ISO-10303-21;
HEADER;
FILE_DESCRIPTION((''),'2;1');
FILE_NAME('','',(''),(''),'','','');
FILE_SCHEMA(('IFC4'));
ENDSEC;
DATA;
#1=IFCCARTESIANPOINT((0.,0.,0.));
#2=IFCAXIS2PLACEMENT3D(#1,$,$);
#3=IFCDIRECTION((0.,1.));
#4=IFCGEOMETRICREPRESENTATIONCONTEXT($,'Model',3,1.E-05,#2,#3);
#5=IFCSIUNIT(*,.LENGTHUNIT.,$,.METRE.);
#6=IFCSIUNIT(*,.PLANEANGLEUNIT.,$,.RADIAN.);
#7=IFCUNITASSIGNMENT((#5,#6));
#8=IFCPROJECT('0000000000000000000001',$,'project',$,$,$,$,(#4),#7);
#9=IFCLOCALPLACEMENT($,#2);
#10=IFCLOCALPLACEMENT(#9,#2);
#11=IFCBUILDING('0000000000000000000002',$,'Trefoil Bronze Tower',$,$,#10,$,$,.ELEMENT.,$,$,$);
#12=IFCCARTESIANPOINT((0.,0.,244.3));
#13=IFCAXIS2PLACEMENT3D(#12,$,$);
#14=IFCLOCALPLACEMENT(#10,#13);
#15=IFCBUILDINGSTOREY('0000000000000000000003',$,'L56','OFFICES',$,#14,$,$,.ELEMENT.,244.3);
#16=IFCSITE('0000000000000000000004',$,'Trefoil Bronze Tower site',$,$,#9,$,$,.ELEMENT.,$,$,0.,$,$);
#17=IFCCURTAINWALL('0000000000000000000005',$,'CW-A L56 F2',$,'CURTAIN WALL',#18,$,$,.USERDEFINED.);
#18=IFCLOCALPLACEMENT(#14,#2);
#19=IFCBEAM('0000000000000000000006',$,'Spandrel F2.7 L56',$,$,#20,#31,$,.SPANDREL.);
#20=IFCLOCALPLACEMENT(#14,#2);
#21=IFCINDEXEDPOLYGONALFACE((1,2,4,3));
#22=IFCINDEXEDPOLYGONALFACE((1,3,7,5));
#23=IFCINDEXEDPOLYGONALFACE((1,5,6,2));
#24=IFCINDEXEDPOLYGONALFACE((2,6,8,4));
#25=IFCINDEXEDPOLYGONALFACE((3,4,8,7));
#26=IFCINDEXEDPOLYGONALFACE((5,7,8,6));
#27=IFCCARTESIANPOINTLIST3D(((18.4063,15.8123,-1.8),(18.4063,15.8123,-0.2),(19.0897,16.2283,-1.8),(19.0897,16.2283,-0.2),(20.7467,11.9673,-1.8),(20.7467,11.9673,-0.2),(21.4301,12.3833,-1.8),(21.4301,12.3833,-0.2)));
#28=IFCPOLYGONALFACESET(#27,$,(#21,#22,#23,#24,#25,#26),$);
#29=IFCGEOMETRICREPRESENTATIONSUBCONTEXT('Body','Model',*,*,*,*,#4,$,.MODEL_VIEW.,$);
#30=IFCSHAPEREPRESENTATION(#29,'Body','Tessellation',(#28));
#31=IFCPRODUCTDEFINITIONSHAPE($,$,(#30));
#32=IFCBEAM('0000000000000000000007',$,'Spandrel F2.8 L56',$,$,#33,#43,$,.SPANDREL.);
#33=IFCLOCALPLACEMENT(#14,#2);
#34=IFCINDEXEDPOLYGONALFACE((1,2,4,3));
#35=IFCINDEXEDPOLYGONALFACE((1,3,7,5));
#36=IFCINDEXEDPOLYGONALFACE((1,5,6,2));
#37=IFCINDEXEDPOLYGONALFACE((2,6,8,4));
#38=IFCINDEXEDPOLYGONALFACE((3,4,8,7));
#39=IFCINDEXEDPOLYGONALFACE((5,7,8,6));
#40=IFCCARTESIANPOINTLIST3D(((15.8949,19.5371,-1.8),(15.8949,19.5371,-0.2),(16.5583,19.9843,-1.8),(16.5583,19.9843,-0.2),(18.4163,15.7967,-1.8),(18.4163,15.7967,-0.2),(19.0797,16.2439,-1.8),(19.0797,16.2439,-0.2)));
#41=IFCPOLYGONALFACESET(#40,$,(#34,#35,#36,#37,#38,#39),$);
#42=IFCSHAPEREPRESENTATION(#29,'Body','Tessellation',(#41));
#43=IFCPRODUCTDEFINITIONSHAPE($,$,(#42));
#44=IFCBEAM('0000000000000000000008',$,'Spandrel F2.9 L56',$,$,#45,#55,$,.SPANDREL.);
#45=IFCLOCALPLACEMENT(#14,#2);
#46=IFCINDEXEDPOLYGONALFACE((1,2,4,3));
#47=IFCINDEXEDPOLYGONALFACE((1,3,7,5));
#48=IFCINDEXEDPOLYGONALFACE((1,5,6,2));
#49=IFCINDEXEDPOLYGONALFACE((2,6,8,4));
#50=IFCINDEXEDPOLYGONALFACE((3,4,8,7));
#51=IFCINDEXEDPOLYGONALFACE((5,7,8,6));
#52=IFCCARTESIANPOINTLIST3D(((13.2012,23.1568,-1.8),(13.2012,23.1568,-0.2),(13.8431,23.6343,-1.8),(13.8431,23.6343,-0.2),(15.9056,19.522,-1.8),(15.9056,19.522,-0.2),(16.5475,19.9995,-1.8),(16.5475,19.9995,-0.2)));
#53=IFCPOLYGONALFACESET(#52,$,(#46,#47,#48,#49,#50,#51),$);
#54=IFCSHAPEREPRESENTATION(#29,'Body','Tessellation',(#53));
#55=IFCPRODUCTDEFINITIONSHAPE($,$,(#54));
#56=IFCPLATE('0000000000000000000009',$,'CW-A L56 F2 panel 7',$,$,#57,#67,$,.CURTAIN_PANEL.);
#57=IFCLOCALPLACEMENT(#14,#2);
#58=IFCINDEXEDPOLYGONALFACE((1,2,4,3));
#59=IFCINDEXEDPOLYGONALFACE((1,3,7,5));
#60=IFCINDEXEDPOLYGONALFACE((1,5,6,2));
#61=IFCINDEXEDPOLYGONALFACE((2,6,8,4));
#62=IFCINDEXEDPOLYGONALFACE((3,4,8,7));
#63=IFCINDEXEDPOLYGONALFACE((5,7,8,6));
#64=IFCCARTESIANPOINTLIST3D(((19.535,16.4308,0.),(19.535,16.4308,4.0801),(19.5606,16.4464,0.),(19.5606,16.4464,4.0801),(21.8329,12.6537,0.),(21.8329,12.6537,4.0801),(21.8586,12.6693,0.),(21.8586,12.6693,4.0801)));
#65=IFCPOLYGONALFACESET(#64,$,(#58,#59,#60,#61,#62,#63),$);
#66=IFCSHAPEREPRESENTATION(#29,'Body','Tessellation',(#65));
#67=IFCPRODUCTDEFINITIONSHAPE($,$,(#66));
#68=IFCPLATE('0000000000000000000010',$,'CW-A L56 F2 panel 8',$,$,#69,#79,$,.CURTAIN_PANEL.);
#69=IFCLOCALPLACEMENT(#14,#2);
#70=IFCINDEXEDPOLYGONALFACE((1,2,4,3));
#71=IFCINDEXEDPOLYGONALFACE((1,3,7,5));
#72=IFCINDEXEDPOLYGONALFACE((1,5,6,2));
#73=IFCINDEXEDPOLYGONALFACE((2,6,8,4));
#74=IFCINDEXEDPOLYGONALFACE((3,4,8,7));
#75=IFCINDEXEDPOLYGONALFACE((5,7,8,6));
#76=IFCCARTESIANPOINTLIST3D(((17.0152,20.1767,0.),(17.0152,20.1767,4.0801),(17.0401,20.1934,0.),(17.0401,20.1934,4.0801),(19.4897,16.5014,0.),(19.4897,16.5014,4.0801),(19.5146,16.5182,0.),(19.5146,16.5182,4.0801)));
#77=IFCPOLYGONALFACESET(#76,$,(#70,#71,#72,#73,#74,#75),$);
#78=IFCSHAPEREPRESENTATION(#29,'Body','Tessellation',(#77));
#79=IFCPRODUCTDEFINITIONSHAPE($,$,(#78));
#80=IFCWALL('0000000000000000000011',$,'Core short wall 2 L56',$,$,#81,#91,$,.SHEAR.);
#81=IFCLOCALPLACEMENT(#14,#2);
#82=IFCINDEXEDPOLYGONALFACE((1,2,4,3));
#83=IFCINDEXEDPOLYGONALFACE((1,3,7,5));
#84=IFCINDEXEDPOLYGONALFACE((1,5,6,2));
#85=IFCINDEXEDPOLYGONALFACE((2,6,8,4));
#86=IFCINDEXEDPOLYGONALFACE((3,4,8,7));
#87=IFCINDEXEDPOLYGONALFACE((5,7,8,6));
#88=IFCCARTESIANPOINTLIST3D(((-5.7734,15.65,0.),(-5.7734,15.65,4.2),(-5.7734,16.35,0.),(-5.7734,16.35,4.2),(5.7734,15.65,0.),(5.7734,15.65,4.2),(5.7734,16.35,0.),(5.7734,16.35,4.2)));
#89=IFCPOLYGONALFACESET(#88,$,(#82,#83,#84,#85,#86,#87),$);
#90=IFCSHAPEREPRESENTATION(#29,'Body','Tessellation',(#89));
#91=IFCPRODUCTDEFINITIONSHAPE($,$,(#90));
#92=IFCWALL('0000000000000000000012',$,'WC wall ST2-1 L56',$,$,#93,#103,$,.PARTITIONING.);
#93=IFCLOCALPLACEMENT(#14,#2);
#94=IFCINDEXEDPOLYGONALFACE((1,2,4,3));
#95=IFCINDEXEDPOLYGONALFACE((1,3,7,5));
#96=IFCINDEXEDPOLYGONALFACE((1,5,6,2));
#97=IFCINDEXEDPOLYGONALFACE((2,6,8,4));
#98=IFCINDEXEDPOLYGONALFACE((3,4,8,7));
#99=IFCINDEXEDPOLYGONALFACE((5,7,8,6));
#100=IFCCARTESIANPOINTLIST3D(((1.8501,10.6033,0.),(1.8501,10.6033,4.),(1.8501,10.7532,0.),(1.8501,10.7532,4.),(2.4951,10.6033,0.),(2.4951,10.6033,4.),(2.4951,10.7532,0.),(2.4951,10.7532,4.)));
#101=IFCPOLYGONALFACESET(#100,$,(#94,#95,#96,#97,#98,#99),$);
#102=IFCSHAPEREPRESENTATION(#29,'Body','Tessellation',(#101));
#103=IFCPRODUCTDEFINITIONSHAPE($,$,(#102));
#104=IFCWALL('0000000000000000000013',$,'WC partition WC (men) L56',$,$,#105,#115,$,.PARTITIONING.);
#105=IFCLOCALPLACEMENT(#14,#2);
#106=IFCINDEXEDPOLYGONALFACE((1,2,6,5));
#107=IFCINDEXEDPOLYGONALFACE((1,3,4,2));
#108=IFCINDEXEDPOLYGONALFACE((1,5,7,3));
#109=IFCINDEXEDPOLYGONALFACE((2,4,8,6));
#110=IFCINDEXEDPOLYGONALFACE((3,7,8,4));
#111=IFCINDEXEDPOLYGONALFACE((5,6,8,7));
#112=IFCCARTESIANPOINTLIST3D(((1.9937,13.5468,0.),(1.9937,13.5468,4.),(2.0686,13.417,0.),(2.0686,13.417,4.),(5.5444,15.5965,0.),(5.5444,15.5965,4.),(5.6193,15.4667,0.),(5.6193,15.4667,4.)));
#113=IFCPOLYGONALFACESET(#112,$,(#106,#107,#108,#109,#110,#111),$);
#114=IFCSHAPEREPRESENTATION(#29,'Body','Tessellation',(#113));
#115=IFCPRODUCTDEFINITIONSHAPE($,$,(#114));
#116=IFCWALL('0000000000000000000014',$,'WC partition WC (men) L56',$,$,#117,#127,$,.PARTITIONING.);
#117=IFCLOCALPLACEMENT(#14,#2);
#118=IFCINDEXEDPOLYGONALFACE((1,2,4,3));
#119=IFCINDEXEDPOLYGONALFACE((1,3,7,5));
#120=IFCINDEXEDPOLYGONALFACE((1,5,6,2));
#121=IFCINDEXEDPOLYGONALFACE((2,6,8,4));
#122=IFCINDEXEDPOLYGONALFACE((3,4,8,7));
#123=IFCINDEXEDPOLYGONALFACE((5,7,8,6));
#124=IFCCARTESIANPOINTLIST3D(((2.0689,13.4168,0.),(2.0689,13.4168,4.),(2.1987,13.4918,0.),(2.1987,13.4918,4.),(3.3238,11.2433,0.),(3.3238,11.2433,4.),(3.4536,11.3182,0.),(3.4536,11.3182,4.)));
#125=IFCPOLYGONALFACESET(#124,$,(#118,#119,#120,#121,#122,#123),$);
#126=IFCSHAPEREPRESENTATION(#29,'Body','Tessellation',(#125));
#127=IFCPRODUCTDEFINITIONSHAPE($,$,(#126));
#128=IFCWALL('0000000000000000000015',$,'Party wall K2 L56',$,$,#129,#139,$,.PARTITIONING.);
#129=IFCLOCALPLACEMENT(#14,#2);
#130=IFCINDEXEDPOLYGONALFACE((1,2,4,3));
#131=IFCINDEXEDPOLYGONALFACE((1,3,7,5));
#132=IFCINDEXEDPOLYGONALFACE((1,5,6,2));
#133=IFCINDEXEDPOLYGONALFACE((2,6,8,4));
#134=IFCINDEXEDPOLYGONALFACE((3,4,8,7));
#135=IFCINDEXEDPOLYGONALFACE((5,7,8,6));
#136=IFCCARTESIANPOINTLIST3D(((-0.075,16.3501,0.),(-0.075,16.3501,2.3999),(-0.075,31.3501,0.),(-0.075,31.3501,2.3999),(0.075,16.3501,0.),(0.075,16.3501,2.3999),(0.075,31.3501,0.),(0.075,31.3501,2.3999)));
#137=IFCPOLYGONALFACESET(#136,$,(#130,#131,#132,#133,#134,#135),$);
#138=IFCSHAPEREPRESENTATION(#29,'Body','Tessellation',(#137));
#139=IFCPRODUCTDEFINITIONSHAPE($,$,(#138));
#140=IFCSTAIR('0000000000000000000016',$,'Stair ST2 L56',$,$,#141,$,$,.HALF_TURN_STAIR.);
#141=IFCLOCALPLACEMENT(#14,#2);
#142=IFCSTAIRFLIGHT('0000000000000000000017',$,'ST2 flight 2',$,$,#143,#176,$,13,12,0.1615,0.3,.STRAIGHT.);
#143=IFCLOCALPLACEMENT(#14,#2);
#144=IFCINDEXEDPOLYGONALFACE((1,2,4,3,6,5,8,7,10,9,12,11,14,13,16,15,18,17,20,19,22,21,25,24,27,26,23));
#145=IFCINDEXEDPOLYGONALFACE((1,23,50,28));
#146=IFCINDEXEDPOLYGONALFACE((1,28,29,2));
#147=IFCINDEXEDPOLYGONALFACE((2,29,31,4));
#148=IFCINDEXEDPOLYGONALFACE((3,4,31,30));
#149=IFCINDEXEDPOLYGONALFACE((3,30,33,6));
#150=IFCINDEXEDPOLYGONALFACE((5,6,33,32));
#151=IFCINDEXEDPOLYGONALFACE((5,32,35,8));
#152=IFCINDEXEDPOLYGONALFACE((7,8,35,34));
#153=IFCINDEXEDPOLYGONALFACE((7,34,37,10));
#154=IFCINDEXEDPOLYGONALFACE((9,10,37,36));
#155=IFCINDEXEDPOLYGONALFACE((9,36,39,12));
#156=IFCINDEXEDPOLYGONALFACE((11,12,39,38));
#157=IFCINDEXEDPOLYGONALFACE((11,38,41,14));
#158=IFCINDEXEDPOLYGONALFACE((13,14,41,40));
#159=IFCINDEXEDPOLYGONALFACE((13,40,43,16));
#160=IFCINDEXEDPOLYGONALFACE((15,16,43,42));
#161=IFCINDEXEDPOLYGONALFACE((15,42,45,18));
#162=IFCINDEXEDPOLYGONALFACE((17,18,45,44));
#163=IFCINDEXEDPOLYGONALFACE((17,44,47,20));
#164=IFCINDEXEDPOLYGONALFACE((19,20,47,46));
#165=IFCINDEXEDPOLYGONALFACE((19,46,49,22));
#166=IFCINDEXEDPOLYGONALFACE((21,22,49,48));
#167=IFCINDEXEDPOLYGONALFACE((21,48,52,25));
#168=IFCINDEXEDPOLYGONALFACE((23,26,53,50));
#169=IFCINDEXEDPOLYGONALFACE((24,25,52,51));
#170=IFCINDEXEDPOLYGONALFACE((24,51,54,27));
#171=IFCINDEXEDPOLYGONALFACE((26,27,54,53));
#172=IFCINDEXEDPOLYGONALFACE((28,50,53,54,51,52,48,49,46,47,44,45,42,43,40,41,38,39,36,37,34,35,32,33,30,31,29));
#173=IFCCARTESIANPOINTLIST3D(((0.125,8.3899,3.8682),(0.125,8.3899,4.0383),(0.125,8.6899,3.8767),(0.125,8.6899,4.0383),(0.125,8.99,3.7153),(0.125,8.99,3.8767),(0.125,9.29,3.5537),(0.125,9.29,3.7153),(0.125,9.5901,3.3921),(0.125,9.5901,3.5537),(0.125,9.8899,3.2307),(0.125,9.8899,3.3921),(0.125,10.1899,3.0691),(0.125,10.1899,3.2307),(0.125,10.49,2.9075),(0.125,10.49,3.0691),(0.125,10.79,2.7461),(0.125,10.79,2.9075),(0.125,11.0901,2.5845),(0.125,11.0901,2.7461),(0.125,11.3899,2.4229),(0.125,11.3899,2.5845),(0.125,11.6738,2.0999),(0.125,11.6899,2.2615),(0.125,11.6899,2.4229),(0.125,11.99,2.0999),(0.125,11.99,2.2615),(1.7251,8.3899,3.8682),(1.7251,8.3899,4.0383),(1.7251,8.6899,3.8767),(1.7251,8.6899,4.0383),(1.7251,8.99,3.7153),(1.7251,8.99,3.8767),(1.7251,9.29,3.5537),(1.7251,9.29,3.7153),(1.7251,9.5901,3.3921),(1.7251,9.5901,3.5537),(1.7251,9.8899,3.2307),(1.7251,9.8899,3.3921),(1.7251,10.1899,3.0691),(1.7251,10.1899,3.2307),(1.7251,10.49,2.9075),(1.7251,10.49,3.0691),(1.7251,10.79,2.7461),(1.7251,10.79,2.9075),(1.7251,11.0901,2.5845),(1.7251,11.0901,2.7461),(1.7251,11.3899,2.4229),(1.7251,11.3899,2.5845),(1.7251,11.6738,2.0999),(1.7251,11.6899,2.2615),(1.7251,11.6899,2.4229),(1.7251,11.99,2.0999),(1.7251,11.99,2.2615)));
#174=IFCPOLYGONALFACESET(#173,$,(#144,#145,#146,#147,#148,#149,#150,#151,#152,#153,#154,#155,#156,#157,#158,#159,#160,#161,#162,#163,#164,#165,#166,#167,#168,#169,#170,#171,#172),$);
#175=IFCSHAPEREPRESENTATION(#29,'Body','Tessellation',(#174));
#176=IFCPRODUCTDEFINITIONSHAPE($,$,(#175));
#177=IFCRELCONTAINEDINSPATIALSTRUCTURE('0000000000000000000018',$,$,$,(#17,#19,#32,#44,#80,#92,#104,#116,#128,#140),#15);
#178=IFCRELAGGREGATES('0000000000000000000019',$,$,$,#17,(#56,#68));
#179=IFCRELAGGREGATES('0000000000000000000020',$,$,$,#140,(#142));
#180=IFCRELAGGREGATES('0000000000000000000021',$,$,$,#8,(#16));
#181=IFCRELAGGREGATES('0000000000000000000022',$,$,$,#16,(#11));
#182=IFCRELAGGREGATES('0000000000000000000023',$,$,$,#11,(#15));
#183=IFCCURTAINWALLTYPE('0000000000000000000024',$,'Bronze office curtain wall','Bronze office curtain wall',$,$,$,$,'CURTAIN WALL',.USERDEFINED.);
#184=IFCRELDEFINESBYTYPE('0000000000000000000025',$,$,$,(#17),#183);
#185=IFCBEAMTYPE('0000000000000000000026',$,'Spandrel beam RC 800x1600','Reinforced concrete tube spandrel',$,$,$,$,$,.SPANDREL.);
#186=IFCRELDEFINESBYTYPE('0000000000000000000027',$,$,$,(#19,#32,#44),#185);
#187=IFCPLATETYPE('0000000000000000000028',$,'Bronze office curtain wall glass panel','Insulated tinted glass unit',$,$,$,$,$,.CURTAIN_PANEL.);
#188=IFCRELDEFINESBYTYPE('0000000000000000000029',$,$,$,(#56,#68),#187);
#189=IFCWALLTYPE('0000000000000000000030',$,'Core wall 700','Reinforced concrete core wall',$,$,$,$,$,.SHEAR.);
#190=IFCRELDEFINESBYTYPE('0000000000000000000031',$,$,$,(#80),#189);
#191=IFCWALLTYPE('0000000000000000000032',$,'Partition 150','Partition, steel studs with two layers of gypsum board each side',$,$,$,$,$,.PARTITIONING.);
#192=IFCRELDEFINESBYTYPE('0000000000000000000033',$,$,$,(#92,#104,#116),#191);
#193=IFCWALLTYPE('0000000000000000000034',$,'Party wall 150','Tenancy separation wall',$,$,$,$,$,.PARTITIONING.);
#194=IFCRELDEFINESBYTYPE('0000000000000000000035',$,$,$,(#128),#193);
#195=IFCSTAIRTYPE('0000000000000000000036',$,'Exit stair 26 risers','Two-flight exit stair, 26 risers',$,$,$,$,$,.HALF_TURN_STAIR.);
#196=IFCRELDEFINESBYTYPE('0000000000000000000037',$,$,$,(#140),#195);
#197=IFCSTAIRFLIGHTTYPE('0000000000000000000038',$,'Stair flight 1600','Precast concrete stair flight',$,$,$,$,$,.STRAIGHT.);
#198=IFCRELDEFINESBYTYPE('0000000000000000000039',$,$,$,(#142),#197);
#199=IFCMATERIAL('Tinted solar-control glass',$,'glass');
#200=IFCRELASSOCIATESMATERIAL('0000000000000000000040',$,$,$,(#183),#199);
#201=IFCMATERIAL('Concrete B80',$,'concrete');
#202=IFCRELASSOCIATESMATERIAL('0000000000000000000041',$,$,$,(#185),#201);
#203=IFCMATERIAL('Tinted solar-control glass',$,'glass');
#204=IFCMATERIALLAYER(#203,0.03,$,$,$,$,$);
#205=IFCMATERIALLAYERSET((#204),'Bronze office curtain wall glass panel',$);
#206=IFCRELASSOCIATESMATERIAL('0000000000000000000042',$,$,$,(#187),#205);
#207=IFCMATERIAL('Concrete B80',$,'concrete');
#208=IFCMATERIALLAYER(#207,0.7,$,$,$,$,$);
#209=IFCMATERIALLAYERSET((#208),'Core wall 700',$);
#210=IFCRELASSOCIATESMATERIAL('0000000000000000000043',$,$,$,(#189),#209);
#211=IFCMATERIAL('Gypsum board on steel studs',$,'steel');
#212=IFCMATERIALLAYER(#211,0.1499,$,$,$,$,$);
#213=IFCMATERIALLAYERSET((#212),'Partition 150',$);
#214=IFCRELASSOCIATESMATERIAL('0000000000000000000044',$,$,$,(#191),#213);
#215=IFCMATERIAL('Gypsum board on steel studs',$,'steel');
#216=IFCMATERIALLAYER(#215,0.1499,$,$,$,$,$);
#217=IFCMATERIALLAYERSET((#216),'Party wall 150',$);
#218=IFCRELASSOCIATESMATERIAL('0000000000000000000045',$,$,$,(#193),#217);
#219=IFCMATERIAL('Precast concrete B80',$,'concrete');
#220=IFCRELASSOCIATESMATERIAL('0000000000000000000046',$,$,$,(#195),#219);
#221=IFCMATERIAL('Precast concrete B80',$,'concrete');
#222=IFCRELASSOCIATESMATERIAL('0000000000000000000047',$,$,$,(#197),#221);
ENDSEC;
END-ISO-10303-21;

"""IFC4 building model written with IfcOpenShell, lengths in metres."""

from ifc_helpers import new_model, si_unit, direction, frame, frame_2d, origin, origin_2d, place, context, subcontext, project, spatial, polyline, rectangle, outline, extrude, material, layer, layer_set, material_profile, profile_set, type_object, element, aggregate, save


model = new_model("IFC4")

# Units and contexts
model_context = context("Model", 3, precision=1e-05, world=origin(), true_north=direction((0.0, 1.0)))
body_context = subcontext(model_context, "Body", "Model", "MODEL_VIEW")
ifc_project = project(units=[si_unit("LENGTHUNIT", "METRE"), si_unit("PLANEANGLEUNIT", "RADIAN")], contexts=[model_context])

# Site, building, storey
site_placement = place(None, origin())
site = spatial("IfcSite", under=ifc_project, at=site_placement, Name="Trefoil Bronze Tower site", CompositionType="ELEMENT", RefElevation=0.0)
building_placement = place(site_placement, origin())
building = spatial("IfcBuilding", under=site, at=building_placement, Name="Trefoil Bronze Tower", CompositionType="ELEMENT")
storey_placement = place(building_placement, frame((0.0, 0.0, 244.3)))
storey = spatial("IfcBuildingStorey", under=building, at=storey_placement, Name="L56", Description="OFFICES", CompositionType="ELEMENT", Elevation=244.3)

# Curtain wall
ifc_material_1 = material(Name="Tinted solar-control glass", Category="glass")
curtain_wall_type = type_object("IfcCurtainWallType", Name="Bronze office curtain wall", Description="Bronze office curtain wall", ElementType="CURTAIN WALL", PredefinedType="USERDEFINED", material=ifc_material_1)
curtain_wall_placement = place(storey_placement, origin())
curtain_wall = element("IfcCurtainWall", 1, at=curtain_wall_placement, inside=storey, type_object=curtain_wall_type, Name="CW-A L56 F2", ObjectType="CURTAIN WALL", PredefinedType="USERDEFINED")

# Beams
ifc_material_2 = material(Name="Concrete B80", Category="concrete")
ifc_material_profile_1 = material_profile(ifc_material_2, rectangle(XDim=0.8, YDim=1.6001, at=origin_2d()), Name="RC 800x1600")
ifc_profile_set_1 = profile_set([ifc_material_profile_1], Name="Concrete B80")
beam_type_1 = type_object("IfcBeamType", Name="Spandrel beam RC 800x1600", Description="Reinforced concrete tube spandrel", PredefinedType="SPANDREL", material=ifc_profile_set_1)
beam_1_placement = place(storey_placement, frame((21.0884, 12.1753, -1.0), z_axis=(-0.519933, 0.854207, 0.0), x_axis=(-0.854207, -0.519933, 0.0)))
element("IfcBeam", 2, at=beam_1_placement, inside=storey, type_object=beam_type_1, Name="Spandrel F2.7 L56", PredefinedType="SPANDREL", context=body_context, shape_type="SweptSolid", body=[
    extrude(rectangle(XDim=0.8, YDim=1.6001, at=origin_2d()), origin(), (0.0, 0.0, 1.0), 4.5012),
])
beam_2_placement = place(storey_placement, frame((18.748, 16.0203, -1.0), z_axis=(-0.558964, 0.829192, 0.0), x_axis=(-0.829192, -0.558964, 0.0)))
element("IfcBeam", 3, at=beam_2_placement, inside=storey, type_object=beam_type_1, Name="Spandrel F2.8 L56", PredefinedType="SPANDREL", context=body_context, shape_type="SweptSolid", body=[
    extrude(rectangle(XDim=0.8, YDim=1.6001, at=origin_2d()), origin(), (0.0, 0.0, 1.0), 4.511),
])
beam_3_placement = place(storey_placement, frame((16.2266, 19.7607, -1.0), z_axis=(-0.596926, 0.802296, 0.0), x_axis=(-0.802296, -0.596926, 0.0)))
element("IfcBeam", 4, at=beam_3_placement, inside=storey, type_object=beam_type_1, Name="Spandrel F2.9 L56", PredefinedType="SPANDREL", context=body_context, shape_type="SweptSolid", body=[
    extrude(rectangle(XDim=0.8, YDim=1.6001, at=origin_2d()), origin(), (0.0, 0.0, 1.0), 4.5305),
])

# Plates
ifc_material_3 = material(Name="Tinted solar-control glass", Category="glass")
ifc_layer_1 = layer(ifc_material_3, 0.03)
ifc_layer_set_1 = layer_set([ifc_layer_1], Name="Bronze office curtain wall glass panel")
plate_type = type_object("IfcPlateType", Name="Bronze office curtain wall glass panel", Description="Insulated tinted glass unit", PredefinedType="CURTAIN_PANEL", material=ifc_layer_set_1)
plate_1_placement = place(storey_placement, frame((20.6968, 14.55, 0.0), z_axis=(0.0, 0.0, 1.0), x_axis=(-0.519762, 0.854311, 0.0)))
plate_1 = element("IfcPlate", 5, at=plate_1_placement, type_object=plate_type, Name="CW-A L56 F2 panel 7", PredefinedType="CURTAIN_PANEL", context=body_context, shape_type="SweptSolid", body=[
    extrude(rectangle(XDim=4.4211, YDim=0.03, at=origin_2d()), origin(), (0.0, 0.0, 1.0), 4.0801),
])
plate_2_placement = place(storey_placement, frame((18.2649, 18.3474, 0.0), z_axis=(0.0, 0.0, 1.0), x_axis=(-0.558493, 0.829509, 0.0)))
plate_2 = element("IfcPlate", 6, at=plate_2_placement, type_object=plate_type, Name="CW-A L56 F2 panel 8", PredefinedType="CURTAIN_PANEL", context=body_context, shape_type="SweptSolid", body=[
    extrude(rectangle(XDim=4.4307, YDim=0.03, at=origin_2d()), origin(), (0.0, 0.0, 1.0), 4.0801),
])
aggregate(curtain_wall, [plate_1, plate_2])

# Walls
ifc_material_4 = material(Name="Concrete B80", Category="concrete")
ifc_layer_2 = layer(ifc_material_4, 0.7)
ifc_layer_set_2 = layer_set([ifc_layer_2], Name="Core wall 700")
wall_type_1 = type_object("IfcWallType", Name="Core wall 700", Description="Reinforced concrete core wall", PredefinedType="SHEAR", material=ifc_layer_set_2)
wall_1_placement = place(storey_placement, frame((5.7734, 16.0, 0.0), z_axis=(0.0, 0.0, 1.0), x_axis=(-1.0, 0.0, 0.0)))
element("IfcWall", 7, at=wall_1_placement, inside=storey, type_object=wall_type_1, Name="Core short wall 2 L56", PredefinedType="SHEAR", context=body_context, shape_type="SweptSolid", body=[
    extrude(rectangle(XDim=11.5469, YDim=0.7, at=frame_2d((5.7734, 0.0))), origin(), (0.0, 0.0, 1.0), 4.2),
])
ifc_material_5 = material(Name="Gypsum board on steel studs", Category="steel")
ifc_layer_3 = layer(ifc_material_5, 0.1499)
ifc_layer_set_3 = layer_set([ifc_layer_3], Name="Partition 150")
wall_type_2 = type_object("IfcWallType", Name="Partition 150", Description="Partition, steel studs with two layers of gypsum board each side", PredefinedType="PARTITIONING", material=ifc_layer_set_3)
wall_2_placement = place(storey_placement, frame((2.4951, 10.6782, 0.0), z_axis=(0.0, 0.0, 1.0), x_axis=(-1.0, 0.0, 0.0)))
element("IfcWall", 8, at=wall_2_placement, inside=storey, type_object=wall_type_2, Name="WC wall ST2-1 L56", PredefinedType="PARTITIONING", context=body_context, shape_type="SweptSolid", body=[
    extrude(rectangle(XDim=0.645, YDim=0.1499, at=frame_2d((0.3225, 0.0))), origin(), (0.0, 0.0, 1.0), 4.0),
])
wall_3_placement = place(storey_placement, frame((2.0312, 13.4819, 0.0), z_axis=(0.0, 0.0, 1.0), x_axis=(0.866051, 0.499956, 0.0)))
element("IfcWall", 9, at=wall_3_placement, inside=storey, type_object=wall_type_2, Name="WC partition WC (men) L56", PredefinedType="PARTITIONING", context=body_context, shape_type="SweptSolid", body=[
    extrude(rectangle(XDim=4.0999, YDim=0.1499, at=frame_2d((2.0498, 0.0))), origin(), (0.0, 0.0, 1.0), 4.0),
])
wall_4_placement = place(storey_placement, frame((3.3887, 11.2808, 0.0), z_axis=(0.0, 0.0, 1.0), x_axis=(-0.499989, 0.866032, 0.0)))
element("IfcWall", 10, at=wall_4_placement, inside=storey, type_object=wall_type_2, Name="WC partition WC (men) L56", PredefinedType="PARTITIONING", context=body_context, shape_type="SweptSolid", body=[
    extrude(rectangle(XDim=2.5098, YDim=0.1499, at=frame_2d((1.2549, 0.0))), origin(), (0.0, 0.0, 1.0), 4.0),
])
ifc_material_6 = material(Name="Gypsum board on steel studs", Category="steel")
ifc_layer_4 = layer(ifc_material_6, 0.1499)
ifc_layer_set_4 = layer_set([ifc_layer_4], Name="Party wall 150")
wall_type_3 = type_object("IfcWallType", Name="Party wall 150", Description="Tenancy separation wall", PredefinedType="PARTITIONING", material=ifc_layer_set_4)
wall_5_placement = place(storey_placement, frame((0.0, 16.3501, 0.0), z_axis=(0.0, 0.0, 1.0), x_axis=(0.0, 1.0, 0.0)))
element("IfcWall", 11, at=wall_5_placement, inside=storey, type_object=wall_type_3, Name="Party wall K2 L56", PredefinedType="PARTITIONING", context=body_context, shape_type="SweptSolid", body=[
    extrude(rectangle(XDim=15.0, YDim=0.1499, at=frame_2d((7.5, 0.0))), origin(), (0.0, 0.0, 1.0), 2.3999),
])

# Stair, stair flight
ifc_material_7 = material(Name="Precast concrete B80", Category="concrete")
stair_type = type_object("IfcStairType", Name="Exit stair 26 risers", Description="Two-flight exit stair, 26 risers", PredefinedType="HALF_TURN_STAIR", material=ifc_material_7)
stair_placement = place(storey_placement, origin())
stair = element("IfcStair", 12, at=stair_placement, inside=storey, type_object=stair_type, Name="Stair ST2 L56", PredefinedType="HALF_TURN_STAIR")
ifc_material_8 = material(Name="Precast concrete B80", Category="concrete")
stair_flight_type = type_object("IfcStairFlightType", Name="Stair flight 1600", Description="Precast concrete stair flight", PredefinedType="STRAIGHT", material=ifc_material_8)
stair_flight_placement = place(storey_placement, frame((0.925, 11.99, 2.0999), z_axis=(0.0, 0.0, 1.0), x_axis=(0.0, -1.0, 0.0)))
stair_flight = element("IfcStairFlight", 13, at=stair_flight_placement, type_object=stair_flight_type, Name="ST2 flight 2", NumberOfRisers=13, NumberOfTreads=12, PredefinedType="STRAIGHT", RiserHeight=0.1615, TreadLength=0.3, context=body_context, shape_type="SweptSolid", body=[
    extrude(outline(polyline([(0.0, 0.0), (0.0, 0.1616), (0.3, 0.1616), (0.3, 0.323), (0.6001, 0.323), (0.6001, 0.4846), (0.8999, 0.4846), (0.8999, 0.6462), (1.2, 0.6462), (1.2, 0.8076), (1.5, 0.8076), (1.5, 0.9692), (1.8, 0.9692), (1.8, 1.1309), (2.1001, 1.1309), (2.1001, 1.2922), (2.3999, 1.2922), (2.3999, 1.4539), (2.7, 1.4539), (2.7, 1.6155), (3.0, 1.6155), (3.0, 1.7769), (3.3, 1.7769), (3.3, 1.9385), (3.6001, 1.9385), (3.6001, 2.1001), (3.6001, 1.7683), (0.3162, 0.0), (0.0, 0.0)])), frame((0.0, 0.8, 0.0), z_axis=(0.0, -1.0, 0.0), x_axis=(1.0, 0.0, 0.0)), (0.0, 0.0, 1.0), 1.6001),
])
aggregate(stair, [stair_flight])

save(model, "model.ifc")
